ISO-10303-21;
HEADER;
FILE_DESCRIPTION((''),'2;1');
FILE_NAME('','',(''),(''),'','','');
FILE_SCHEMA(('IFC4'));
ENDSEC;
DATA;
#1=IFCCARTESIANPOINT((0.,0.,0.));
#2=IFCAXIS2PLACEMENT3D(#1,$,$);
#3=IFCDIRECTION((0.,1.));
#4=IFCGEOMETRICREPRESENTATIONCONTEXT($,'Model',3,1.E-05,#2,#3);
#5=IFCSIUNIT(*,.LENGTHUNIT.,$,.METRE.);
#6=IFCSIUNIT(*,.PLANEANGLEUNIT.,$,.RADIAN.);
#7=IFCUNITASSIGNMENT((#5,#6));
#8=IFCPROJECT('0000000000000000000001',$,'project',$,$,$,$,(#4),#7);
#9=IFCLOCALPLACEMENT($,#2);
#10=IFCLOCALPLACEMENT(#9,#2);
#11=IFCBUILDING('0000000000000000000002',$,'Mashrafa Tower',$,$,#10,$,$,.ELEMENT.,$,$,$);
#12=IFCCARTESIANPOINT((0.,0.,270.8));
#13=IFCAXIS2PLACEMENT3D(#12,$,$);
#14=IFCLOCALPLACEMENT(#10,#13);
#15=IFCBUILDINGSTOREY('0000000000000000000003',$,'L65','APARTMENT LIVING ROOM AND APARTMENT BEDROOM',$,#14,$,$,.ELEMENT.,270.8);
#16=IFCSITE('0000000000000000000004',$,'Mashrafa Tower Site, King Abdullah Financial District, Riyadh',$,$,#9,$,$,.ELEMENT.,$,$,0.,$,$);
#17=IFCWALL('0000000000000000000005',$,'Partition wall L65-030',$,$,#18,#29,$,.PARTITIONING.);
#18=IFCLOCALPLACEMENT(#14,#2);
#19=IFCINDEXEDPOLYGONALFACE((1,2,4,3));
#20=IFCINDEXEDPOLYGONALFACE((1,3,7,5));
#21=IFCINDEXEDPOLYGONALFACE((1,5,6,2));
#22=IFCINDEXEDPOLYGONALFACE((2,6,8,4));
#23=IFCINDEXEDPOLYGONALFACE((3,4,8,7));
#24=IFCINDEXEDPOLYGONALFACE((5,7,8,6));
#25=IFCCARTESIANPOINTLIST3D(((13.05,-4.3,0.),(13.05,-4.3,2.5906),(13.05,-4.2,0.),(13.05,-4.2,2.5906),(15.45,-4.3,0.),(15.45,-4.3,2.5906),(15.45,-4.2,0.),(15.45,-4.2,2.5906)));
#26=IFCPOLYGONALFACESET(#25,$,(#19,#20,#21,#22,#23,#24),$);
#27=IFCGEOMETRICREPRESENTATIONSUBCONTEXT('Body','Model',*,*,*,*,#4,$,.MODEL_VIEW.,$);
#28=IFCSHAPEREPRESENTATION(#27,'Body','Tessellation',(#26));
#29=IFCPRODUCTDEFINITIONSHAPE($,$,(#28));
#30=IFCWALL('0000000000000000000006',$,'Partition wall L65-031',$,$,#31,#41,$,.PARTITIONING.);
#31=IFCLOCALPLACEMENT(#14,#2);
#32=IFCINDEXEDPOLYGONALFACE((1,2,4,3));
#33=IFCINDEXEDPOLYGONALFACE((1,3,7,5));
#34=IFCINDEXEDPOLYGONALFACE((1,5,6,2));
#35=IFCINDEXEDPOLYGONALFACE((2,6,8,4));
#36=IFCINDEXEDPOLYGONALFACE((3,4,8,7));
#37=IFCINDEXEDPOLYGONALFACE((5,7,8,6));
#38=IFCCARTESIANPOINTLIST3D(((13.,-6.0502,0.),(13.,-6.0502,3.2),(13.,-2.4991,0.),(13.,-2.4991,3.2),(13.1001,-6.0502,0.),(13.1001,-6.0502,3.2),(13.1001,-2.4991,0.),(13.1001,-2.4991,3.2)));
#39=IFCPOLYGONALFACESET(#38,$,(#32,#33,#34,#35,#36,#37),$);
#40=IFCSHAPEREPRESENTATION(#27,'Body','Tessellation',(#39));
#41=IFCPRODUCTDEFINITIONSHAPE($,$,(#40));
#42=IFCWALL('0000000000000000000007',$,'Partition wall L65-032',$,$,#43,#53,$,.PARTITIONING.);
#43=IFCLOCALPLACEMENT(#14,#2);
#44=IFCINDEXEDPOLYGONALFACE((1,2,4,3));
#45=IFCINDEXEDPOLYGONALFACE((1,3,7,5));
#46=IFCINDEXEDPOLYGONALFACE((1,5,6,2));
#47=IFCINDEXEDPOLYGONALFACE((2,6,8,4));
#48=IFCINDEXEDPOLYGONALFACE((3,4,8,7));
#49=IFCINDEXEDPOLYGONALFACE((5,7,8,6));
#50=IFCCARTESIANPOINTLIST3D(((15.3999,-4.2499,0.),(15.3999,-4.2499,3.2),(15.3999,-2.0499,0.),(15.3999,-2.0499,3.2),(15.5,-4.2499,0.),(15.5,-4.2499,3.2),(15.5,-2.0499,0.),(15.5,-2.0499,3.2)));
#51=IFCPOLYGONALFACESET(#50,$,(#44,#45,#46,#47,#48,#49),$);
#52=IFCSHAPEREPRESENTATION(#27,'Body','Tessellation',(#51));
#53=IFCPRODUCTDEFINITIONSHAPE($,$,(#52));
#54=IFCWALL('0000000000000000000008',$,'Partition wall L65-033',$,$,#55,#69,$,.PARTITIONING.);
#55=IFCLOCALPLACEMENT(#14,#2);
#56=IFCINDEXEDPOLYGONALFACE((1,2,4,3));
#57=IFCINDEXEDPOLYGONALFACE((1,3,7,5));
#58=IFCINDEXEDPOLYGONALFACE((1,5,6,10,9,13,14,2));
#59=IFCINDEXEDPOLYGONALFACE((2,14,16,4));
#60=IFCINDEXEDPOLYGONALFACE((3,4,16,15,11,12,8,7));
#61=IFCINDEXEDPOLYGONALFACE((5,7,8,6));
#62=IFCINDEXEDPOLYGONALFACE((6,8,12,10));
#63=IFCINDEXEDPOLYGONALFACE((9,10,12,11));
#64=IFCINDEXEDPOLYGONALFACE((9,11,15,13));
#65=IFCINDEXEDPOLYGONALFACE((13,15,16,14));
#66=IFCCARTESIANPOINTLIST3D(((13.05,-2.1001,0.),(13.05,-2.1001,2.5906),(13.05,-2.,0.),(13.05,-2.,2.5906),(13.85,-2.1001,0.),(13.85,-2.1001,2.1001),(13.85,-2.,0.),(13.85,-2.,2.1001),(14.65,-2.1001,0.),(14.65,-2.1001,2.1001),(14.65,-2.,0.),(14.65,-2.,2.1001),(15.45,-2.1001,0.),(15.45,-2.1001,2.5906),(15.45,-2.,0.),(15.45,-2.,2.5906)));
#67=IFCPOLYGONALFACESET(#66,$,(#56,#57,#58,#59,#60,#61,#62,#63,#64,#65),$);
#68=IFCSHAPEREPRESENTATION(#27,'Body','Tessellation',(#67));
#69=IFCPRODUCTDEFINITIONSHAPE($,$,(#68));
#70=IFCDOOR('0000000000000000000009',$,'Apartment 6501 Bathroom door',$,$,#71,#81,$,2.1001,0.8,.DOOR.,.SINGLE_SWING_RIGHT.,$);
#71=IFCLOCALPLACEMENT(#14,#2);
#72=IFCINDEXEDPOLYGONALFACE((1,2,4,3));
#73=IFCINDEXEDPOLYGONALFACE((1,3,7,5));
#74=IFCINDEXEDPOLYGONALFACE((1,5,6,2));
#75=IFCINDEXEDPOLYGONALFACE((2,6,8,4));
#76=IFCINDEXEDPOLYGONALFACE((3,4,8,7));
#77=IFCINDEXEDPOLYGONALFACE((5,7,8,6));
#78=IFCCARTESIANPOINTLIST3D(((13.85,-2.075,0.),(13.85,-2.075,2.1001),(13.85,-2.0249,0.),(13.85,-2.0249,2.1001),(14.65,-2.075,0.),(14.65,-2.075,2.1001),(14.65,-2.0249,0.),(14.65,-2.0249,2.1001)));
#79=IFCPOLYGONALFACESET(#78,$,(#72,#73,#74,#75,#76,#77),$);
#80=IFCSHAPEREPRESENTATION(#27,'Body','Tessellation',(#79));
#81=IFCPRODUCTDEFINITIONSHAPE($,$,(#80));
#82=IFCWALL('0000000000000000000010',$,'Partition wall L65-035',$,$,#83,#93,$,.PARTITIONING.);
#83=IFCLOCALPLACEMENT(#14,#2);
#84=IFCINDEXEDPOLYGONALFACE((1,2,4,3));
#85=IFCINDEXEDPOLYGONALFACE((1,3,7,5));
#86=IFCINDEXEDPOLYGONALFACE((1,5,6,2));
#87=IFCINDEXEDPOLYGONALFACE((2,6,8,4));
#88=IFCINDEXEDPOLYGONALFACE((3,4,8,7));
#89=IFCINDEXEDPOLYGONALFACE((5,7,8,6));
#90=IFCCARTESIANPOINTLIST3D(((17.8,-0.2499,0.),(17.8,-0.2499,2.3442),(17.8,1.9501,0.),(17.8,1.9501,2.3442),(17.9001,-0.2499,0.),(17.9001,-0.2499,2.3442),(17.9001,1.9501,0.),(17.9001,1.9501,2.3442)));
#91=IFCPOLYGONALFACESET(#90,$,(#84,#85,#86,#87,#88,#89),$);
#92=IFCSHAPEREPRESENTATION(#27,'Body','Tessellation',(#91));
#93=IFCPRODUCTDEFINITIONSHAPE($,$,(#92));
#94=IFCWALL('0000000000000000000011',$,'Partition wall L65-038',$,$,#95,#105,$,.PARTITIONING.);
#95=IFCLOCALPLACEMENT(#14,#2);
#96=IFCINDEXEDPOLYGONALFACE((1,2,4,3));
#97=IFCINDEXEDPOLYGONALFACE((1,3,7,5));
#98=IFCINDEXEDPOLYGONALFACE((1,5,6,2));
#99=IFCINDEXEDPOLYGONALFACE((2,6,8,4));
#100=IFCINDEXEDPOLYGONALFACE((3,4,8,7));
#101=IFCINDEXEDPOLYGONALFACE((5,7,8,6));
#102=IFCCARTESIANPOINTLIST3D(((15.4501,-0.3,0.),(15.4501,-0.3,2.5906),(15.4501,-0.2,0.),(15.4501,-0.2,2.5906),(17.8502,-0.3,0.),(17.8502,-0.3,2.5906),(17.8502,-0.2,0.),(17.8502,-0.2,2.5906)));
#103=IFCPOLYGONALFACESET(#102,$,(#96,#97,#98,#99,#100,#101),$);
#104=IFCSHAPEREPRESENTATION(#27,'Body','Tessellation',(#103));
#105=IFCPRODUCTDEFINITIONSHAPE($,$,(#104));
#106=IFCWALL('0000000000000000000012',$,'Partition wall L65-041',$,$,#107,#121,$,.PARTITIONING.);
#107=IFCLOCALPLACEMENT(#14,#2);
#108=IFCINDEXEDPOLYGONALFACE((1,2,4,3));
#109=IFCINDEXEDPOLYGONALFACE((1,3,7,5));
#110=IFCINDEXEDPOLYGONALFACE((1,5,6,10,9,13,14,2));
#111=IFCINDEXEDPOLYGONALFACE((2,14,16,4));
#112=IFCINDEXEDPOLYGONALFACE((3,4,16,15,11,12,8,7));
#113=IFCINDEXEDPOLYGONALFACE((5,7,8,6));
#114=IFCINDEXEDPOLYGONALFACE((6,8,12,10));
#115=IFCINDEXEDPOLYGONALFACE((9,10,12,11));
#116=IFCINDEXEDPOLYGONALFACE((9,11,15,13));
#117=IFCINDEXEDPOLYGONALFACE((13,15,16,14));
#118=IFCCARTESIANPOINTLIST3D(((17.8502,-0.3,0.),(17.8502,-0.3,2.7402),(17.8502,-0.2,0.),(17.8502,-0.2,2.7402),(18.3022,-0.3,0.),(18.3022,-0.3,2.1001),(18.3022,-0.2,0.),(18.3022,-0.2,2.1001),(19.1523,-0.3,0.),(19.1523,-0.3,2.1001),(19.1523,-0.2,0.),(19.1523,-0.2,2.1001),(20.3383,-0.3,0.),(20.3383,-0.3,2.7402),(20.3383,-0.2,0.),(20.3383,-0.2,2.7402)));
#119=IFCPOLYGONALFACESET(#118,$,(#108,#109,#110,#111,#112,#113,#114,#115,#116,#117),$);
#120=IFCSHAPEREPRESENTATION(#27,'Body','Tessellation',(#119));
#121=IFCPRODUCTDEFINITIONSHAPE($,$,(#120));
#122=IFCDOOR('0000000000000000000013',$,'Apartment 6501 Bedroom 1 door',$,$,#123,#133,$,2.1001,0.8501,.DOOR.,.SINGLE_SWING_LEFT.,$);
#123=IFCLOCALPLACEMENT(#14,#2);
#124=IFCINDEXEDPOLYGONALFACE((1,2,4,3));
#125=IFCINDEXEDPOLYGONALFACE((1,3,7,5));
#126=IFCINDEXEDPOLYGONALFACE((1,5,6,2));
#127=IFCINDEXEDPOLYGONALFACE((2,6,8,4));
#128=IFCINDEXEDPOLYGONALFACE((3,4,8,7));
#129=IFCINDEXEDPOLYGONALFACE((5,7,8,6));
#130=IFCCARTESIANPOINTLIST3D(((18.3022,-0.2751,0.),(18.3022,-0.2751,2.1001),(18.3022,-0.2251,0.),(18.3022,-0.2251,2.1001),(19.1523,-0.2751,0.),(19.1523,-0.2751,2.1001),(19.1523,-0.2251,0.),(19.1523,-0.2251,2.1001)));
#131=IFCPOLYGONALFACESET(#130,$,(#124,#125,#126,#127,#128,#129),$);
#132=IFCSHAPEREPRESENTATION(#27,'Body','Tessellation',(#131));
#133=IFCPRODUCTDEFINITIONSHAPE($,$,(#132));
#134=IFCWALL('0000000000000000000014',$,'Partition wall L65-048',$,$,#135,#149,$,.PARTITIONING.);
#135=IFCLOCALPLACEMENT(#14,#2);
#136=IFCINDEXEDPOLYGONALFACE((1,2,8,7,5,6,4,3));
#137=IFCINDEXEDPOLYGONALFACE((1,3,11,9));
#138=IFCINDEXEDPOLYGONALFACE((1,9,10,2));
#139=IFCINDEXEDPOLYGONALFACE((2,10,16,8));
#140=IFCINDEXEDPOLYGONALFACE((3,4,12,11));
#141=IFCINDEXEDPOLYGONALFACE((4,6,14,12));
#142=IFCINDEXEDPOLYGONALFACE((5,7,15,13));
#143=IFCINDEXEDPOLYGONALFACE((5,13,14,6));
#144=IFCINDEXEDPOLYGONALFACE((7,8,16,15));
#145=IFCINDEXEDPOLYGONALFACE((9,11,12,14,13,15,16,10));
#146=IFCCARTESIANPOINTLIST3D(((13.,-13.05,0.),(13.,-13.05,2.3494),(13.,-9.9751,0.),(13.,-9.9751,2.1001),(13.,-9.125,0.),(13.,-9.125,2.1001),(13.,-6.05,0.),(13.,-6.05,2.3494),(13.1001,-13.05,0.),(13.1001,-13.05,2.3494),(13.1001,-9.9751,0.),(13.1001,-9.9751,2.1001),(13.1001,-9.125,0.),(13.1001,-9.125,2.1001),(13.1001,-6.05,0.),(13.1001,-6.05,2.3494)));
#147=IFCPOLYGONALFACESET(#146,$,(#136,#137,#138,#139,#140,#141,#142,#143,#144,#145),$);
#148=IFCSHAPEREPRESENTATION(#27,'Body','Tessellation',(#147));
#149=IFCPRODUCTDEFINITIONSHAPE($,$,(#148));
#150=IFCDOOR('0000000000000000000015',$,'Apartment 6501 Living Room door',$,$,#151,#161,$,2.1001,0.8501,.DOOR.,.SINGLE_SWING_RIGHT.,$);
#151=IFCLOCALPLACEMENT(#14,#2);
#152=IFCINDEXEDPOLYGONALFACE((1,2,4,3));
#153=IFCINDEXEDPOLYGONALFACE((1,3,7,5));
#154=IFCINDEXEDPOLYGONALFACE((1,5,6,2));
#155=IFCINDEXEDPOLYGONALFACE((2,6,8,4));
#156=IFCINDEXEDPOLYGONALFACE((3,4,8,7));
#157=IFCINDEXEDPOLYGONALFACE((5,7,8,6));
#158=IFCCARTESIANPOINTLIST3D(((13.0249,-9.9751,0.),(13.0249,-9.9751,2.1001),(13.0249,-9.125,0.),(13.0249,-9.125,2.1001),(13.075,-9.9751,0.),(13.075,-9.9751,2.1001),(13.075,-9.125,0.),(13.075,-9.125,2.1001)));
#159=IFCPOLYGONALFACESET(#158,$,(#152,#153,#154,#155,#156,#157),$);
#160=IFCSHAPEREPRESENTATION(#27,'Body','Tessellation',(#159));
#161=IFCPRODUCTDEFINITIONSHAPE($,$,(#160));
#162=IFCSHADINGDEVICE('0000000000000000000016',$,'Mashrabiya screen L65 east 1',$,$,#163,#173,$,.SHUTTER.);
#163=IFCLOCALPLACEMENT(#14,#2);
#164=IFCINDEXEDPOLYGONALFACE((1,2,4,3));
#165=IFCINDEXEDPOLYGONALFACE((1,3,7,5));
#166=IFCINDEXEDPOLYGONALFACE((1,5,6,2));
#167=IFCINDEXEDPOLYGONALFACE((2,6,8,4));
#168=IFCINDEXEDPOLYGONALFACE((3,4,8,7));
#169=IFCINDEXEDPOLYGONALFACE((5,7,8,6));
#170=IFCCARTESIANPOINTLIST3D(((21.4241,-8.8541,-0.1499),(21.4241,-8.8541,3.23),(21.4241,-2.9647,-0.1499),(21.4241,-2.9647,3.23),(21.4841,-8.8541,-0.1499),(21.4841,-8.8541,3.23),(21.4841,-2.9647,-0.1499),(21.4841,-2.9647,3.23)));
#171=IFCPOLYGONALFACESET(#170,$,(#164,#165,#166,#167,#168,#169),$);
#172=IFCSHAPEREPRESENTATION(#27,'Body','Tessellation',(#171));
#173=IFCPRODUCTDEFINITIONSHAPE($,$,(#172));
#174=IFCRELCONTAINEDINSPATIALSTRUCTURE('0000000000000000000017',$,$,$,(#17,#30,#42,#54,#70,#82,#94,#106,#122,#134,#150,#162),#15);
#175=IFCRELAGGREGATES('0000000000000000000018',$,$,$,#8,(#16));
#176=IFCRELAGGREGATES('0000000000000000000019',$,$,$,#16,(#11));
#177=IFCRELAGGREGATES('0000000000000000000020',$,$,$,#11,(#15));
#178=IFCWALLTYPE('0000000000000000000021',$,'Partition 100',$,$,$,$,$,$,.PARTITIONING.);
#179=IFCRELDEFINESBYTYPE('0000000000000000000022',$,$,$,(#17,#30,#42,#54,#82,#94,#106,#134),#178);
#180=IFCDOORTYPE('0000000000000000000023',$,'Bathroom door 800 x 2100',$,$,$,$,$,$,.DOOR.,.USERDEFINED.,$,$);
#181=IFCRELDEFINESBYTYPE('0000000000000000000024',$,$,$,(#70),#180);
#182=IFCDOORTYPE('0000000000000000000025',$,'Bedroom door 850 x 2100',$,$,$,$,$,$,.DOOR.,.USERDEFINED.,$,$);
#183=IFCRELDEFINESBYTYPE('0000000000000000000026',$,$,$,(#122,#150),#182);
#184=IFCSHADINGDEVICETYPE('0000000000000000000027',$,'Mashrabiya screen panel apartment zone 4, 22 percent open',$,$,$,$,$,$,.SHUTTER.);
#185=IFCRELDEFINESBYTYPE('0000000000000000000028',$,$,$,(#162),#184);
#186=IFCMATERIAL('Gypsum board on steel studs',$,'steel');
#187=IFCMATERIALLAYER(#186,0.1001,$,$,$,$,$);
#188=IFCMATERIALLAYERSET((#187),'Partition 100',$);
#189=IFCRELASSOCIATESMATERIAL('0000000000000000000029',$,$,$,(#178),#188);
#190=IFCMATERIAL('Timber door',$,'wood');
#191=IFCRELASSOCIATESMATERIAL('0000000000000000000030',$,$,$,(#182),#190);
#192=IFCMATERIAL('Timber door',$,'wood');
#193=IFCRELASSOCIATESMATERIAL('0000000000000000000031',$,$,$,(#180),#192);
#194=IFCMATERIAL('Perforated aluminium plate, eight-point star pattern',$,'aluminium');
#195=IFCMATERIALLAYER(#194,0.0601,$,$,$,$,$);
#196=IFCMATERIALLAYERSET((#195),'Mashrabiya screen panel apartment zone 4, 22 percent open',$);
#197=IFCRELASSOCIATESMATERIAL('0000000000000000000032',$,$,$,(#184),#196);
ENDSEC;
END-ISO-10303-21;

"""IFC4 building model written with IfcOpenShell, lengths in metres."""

from ifc_helpers import new_model, si_unit, direction, frame, frame_2d, origin, origin_2d, place, context, subcontext, project, spatial, rectangle, extrude, source, transform, mapped, material, layer, layer_set, type_object, type_shapes, element, fill, save


model = new_model("IFC4")

# Units and contexts
model_context = context("Model", 3, precision=1e-05, world=origin(), true_north=direction((0.0, 1.0)))
body_context = subcontext(model_context, "Body", "Model", "MODEL_VIEW")
ifc_project = project(units=[si_unit("LENGTHUNIT", "METRE"), si_unit("PLANEANGLEUNIT", "RADIAN")], contexts=[model_context])

# Site, building, storey
site_placement = place(None, origin())
site = spatial("IfcSite", under=ifc_project, at=site_placement, Name="Mashrafa Tower Site, King Abdullah Financial District, Riyadh", CompositionType="ELEMENT", RefElevation=0.0)
building_placement = place(site_placement, origin())
building = spatial("IfcBuilding", under=site, at=building_placement, Name="Mashrafa Tower", CompositionType="ELEMENT")
storey_placement = place(building_placement, frame((0.0, 0.0, 270.8)))
storey = spatial("IfcBuildingStorey", under=building, at=storey_placement, Name="L65", Description="APARTMENT LIVING ROOM AND APARTMENT BEDROOM", CompositionType="ELEMENT", Elevation=270.8)

# Shared definitions
ifc_material_1 = material(Name="Gypsum board on steel studs", Category="steel")
ifc_layer_1 = layer(ifc_material_1, 0.1001)
ifc_layer_set_1 = layer_set([ifc_layer_1], Name="Partition 100")
wall_type_1 = type_object("IfcWallType", Name="Partition 100", PredefinedType="PARTITIONING", material=ifc_layer_set_1)

# Shared definitions
ifc_material_2 = material(Name="Timber door", Category="wood")
door_type_1 = type_object("IfcDoorType", Name="Bedroom door 850 x 2100", OperationType="USERDEFINED", PredefinedType="DOOR", material=ifc_material_2)

# Walls
wall_1_placement = place(storey_placement, frame((15.45, -4.25, 0.0), z_axis=(0.0, 0.0, 1.0), x_axis=(-1.0, 0.0, 0.0)))
element("IfcWall", 1, at=wall_1_placement, inside=storey, type_object=wall_type_1, Name="Partition wall L65-030", PredefinedType="PARTITIONING", context=body_context, shape_type="SweptSolid", body=[
    extrude(rectangle(XDim=2.3999, YDim=0.1001, at=frame_2d((1.2, 0.0))), origin(), (0.0, 0.0, 1.0), 2.5906),
])
wall_2_placement = place(storey_placement, frame((13.05, -6.05, 0.0), z_axis=(0.0, 0.0, 1.0), x_axis=(0.0, 1.0, 0.0)))
element("IfcWall", 2, at=wall_2_placement, inside=storey, type_object=wall_type_1, Name="Partition wall L65-031", PredefinedType="PARTITIONING", context=body_context, shape_type="SweptSolid", body=[
    extrude(rectangle(XDim=3.551, YDim=0.1001, at=frame_2d((1.7754, 0.0))), origin(), (0.0, 0.0, 1.0), 3.2),
])
wall_3_placement = place(storey_placement, frame((15.45, -4.25, 0.0), z_axis=(0.0, 0.0, 1.0), x_axis=(0.0, 1.0, 0.0)))
element("IfcWall", 3, at=wall_3_placement, inside=storey, type_object=wall_type_1, Name="Partition wall L65-032", PredefinedType="PARTITIONING", context=body_context, shape_type="SweptSolid", body=[
    extrude(rectangle(XDim=2.2, YDim=0.1001, at=frame_2d((1.1001, 0.0))), origin(), (0.0, 0.0, 1.0), 3.2),
])

# Wall, opening, door
wall_4_placement = place(storey_placement, frame((15.45, -2.05, 0.0), z_axis=(0.0, 0.0, 1.0), x_axis=(-1.0, 0.0, 0.0)))
wall_4 = element("IfcWall", 4, at=wall_4_placement, inside=storey, type_object=wall_type_1, Name="Partition wall L65-033", PredefinedType="PARTITIONING", context=body_context, shape_type="SweptSolid", body=[
    extrude(rectangle(XDim=2.3999, YDim=0.1001, at=frame_2d((1.2, 0.0))), origin(), (0.0, 0.0, 1.0), 2.5906),
])
opening_1_placement = place(wall_4_placement, frame((0.8, 0.0, 0.0)))
opening_1 = element("IfcOpeningElement", 5, at=opening_1_placement, cuts=wall_4, PredefinedType="OPENING", context=body_context, shape_type="SweptSolid", body=[
    extrude(rectangle(XDim=0.8, YDim=2.1001, at=frame_2d((0.3999, 1.05))), frame((0.0, 0.0601, 0.0), z_axis=(0.0, -1.0, 0.0), x_axis=(1.0, 0.0, 0.0)), (0.0, 0.0, 1.0), 0.1201),
])
ifc_material_3 = material(Name="Timber door", Category="wood")
door_type_2 = type_object("IfcDoorType", Name="Bathroom door 800 x 2100", OperationType="USERDEFINED", PredefinedType="DOOR", material=ifc_material_3)
door_1_placement = place(opening_1_placement, origin())
door_1 = element("IfcDoor", 6, at=door_1_placement, inside=storey, type_object=door_type_2, Name="Apartment 6501 Bathroom door", OperationType="SINGLE_SWING_RIGHT", OverallHeight=2.1001, OverallWidth=0.8, PredefinedType="DOOR", context=body_context, shape_type="SweptSolid", body=[
    extrude(rectangle(XDim=0.8, YDim=2.1001, at=frame_2d((0.3999, 1.05))), frame((0.0, 0.0249, 0.0), z_axis=(0.0, -1.0, 0.0), x_axis=(1.0, 0.0, 0.0)), (0.0, 0.0, 1.0), 0.05),
])
fill(opening_1, door_1)

# Walls
wall_5_placement = place(storey_placement, frame((17.8501, -0.25, 0.0), z_axis=(0.0, 0.0, 1.0), x_axis=(0.0, 1.0, 0.0)))
element("IfcWall", 7, at=wall_5_placement, inside=storey, type_object=wall_type_1, Name="Partition wall L65-035", PredefinedType="PARTITIONING", context=body_context, shape_type="SweptSolid", body=[
    extrude(rectangle(XDim=2.2, YDim=0.1001, at=frame_2d((1.1001, 0.0))), origin(), (0.0, 0.0, 1.0), 2.3442),
])
wall_6_placement = place(storey_placement, frame((15.45, -0.25, 0.0), z_axis=(0.0, 0.0, 1.0), x_axis=(1.0, 0.0, 0.0)))
element("IfcWall", 8, at=wall_6_placement, inside=storey, type_object=wall_type_1, Name="Partition wall L65-038", PredefinedType="PARTITIONING", context=body_context, shape_type="SweptSolid", body=[
    extrude(rectangle(XDim=2.4001, YDim=0.1001, at=frame_2d((1.2002, 0.0))), origin(), (0.0, 0.0, 1.0), 2.5906),
])

# Walls, openings, doors
wall_7_placement = place(storey_placement, frame((17.8501, -0.25, 0.0), z_axis=(0.0, 0.0, 1.0), x_axis=(1.0, 0.0, 0.0)))
wall_7 = element("IfcWall", 9, at=wall_7_placement, inside=storey, type_object=wall_type_1, Name="Partition wall L65-041", PredefinedType="PARTITIONING", context=body_context, shape_type="SweptSolid", body=[
    extrude(rectangle(XDim=2.488, YDim=0.1001, at=frame_2d((1.2441, 0.0))), origin(), (0.0, 0.0, 1.0), 2.7402),
])
opening_2_placement = place(wall_7_placement, frame((0.4521, 0.0, 0.0)))
opening_2 = element("IfcOpeningElement", 10, at=opening_2_placement, cuts=wall_7, PredefinedType="OPENING", context=body_context, shape_type="SweptSolid", body=[
    extrude(rectangle(XDim=0.8501, YDim=2.1001, at=frame_2d((0.425, 1.05))), frame((0.0, 0.0601, 0.0), z_axis=(0.0, -1.0, 0.0), x_axis=(1.0, 0.0, 0.0)), (0.0, 0.0, 1.0), 0.1201),
])
door_2_placement = place(opening_2_placement, origin())
door_2 = element("IfcDoor", 11, at=door_2_placement, inside=storey, type_object=door_type_1, Name="Apartment 6501 Bedroom 1 door", OperationType="SINGLE_SWING_LEFT", OverallHeight=2.1001, OverallWidth=0.8501, PredefinedType="DOOR", context=body_context, shape_type="SweptSolid", body=[
    extrude(rectangle(XDim=0.8501, YDim=2.1001, at=frame_2d((0.425, 1.05))), frame((0.0, 0.0249, 0.0), z_axis=(0.0, -1.0, 0.0), x_axis=(1.0, 0.0, 0.0)), (0.0, 0.0, 1.0), 0.05),
])
fill(opening_2, door_2)
wall_8_placement = place(storey_placement, frame((13.05, -6.05, 0.0), z_axis=(0.0, 0.0, 1.0), x_axis=(0.0, -1.0, 0.0)))
wall_8 = element("IfcWall", 12, at=wall_8_placement, inside=storey, type_object=wall_type_1, Name="Partition wall L65-048", PredefinedType="PARTITIONING", context=body_context, shape_type="SweptSolid", body=[
    extrude(rectangle(XDim=7.0, YDim=0.1001, at=frame_2d((3.5, 0.0))), origin(), (0.0, 0.0, 1.0), 2.3494),
])
opening_3_placement = place(wall_8_placement, frame((3.075, 0.0, 0.0)))
opening_3 = element("IfcOpeningElement", 13, at=opening_3_placement, cuts=wall_8, PredefinedType="OPENING", context=body_context, shape_type="SweptSolid", body=[
    extrude(rectangle(XDim=0.8501, YDim=2.1001, at=frame_2d((0.425, 1.05))), frame((0.0, 0.0601, 0.0), z_axis=(0.0, -1.0, 0.0), x_axis=(1.0, 0.0, 0.0)), (0.0, 0.0, 1.0), 0.1201),
])
door_3_placement = place(opening_3_placement, origin())
door_3 = element("IfcDoor", 14, at=door_3_placement, inside=storey, type_object=door_type_1, Name="Apartment 6501 Living Room door", OperationType="SINGLE_SWING_RIGHT", OverallHeight=2.1001, OverallWidth=0.8501, PredefinedType="DOOR", context=body_context, shape_type="SweptSolid", body=[
    extrude(rectangle(XDim=0.8501, YDim=2.1001, at=frame_2d((0.425, 1.05))), frame((0.0, 0.0249, 0.0), z_axis=(0.0, -1.0, 0.0), x_axis=(1.0, 0.0, 0.0)), (0.0, 0.0, 1.0), 0.05),
])
fill(opening_3, door_3)

# Shading device
ifc_material_4 = material(Name="Perforated aluminium plate, eight-point star pattern", Category="aluminium")
ifc_layer_2 = layer(ifc_material_4, 0.0601)
ifc_layer_set_2 = layer_set([ifc_layer_2], Name="Mashrabiya screen panel apartment zone 4, 22 percent open")
shading_device_type = type_object("IfcShadingDeviceType", Name="Mashrabiya screen panel apartment zone 4, 22 percent open", PredefinedType="SHUTTER", material=ifc_layer_set_2)
shared_shape_1 = source(origin(), body_context, "Body", "SweptSolid", [
    extrude(rectangle(XDim=5.8894, YDim=0.0601, at=origin_2d()), origin(), (0.0, 0.0, 1.0), 3.3799),
])
type_shapes(shading_device_type, [shared_shape_1])
shading_device_placement = place(storey_placement, frame((21.4541, -5.9094, -0.1499), z_axis=(0.0, 0.0, 1.0), x_axis=(0.0, 1.0, 0.0)))
element("IfcShadingDevice", 15, at=shading_device_placement, inside=storey, type_object=shading_device_type, Name="Mashrabiya screen L65 east 1", PredefinedType="SHUTTER", context=body_context, shape_type="MappedRepresentation", body=[
    mapped(shared_shape_1, transform((0.0, 0.0, 0.0))),
])

save(model, "model.ifc")
